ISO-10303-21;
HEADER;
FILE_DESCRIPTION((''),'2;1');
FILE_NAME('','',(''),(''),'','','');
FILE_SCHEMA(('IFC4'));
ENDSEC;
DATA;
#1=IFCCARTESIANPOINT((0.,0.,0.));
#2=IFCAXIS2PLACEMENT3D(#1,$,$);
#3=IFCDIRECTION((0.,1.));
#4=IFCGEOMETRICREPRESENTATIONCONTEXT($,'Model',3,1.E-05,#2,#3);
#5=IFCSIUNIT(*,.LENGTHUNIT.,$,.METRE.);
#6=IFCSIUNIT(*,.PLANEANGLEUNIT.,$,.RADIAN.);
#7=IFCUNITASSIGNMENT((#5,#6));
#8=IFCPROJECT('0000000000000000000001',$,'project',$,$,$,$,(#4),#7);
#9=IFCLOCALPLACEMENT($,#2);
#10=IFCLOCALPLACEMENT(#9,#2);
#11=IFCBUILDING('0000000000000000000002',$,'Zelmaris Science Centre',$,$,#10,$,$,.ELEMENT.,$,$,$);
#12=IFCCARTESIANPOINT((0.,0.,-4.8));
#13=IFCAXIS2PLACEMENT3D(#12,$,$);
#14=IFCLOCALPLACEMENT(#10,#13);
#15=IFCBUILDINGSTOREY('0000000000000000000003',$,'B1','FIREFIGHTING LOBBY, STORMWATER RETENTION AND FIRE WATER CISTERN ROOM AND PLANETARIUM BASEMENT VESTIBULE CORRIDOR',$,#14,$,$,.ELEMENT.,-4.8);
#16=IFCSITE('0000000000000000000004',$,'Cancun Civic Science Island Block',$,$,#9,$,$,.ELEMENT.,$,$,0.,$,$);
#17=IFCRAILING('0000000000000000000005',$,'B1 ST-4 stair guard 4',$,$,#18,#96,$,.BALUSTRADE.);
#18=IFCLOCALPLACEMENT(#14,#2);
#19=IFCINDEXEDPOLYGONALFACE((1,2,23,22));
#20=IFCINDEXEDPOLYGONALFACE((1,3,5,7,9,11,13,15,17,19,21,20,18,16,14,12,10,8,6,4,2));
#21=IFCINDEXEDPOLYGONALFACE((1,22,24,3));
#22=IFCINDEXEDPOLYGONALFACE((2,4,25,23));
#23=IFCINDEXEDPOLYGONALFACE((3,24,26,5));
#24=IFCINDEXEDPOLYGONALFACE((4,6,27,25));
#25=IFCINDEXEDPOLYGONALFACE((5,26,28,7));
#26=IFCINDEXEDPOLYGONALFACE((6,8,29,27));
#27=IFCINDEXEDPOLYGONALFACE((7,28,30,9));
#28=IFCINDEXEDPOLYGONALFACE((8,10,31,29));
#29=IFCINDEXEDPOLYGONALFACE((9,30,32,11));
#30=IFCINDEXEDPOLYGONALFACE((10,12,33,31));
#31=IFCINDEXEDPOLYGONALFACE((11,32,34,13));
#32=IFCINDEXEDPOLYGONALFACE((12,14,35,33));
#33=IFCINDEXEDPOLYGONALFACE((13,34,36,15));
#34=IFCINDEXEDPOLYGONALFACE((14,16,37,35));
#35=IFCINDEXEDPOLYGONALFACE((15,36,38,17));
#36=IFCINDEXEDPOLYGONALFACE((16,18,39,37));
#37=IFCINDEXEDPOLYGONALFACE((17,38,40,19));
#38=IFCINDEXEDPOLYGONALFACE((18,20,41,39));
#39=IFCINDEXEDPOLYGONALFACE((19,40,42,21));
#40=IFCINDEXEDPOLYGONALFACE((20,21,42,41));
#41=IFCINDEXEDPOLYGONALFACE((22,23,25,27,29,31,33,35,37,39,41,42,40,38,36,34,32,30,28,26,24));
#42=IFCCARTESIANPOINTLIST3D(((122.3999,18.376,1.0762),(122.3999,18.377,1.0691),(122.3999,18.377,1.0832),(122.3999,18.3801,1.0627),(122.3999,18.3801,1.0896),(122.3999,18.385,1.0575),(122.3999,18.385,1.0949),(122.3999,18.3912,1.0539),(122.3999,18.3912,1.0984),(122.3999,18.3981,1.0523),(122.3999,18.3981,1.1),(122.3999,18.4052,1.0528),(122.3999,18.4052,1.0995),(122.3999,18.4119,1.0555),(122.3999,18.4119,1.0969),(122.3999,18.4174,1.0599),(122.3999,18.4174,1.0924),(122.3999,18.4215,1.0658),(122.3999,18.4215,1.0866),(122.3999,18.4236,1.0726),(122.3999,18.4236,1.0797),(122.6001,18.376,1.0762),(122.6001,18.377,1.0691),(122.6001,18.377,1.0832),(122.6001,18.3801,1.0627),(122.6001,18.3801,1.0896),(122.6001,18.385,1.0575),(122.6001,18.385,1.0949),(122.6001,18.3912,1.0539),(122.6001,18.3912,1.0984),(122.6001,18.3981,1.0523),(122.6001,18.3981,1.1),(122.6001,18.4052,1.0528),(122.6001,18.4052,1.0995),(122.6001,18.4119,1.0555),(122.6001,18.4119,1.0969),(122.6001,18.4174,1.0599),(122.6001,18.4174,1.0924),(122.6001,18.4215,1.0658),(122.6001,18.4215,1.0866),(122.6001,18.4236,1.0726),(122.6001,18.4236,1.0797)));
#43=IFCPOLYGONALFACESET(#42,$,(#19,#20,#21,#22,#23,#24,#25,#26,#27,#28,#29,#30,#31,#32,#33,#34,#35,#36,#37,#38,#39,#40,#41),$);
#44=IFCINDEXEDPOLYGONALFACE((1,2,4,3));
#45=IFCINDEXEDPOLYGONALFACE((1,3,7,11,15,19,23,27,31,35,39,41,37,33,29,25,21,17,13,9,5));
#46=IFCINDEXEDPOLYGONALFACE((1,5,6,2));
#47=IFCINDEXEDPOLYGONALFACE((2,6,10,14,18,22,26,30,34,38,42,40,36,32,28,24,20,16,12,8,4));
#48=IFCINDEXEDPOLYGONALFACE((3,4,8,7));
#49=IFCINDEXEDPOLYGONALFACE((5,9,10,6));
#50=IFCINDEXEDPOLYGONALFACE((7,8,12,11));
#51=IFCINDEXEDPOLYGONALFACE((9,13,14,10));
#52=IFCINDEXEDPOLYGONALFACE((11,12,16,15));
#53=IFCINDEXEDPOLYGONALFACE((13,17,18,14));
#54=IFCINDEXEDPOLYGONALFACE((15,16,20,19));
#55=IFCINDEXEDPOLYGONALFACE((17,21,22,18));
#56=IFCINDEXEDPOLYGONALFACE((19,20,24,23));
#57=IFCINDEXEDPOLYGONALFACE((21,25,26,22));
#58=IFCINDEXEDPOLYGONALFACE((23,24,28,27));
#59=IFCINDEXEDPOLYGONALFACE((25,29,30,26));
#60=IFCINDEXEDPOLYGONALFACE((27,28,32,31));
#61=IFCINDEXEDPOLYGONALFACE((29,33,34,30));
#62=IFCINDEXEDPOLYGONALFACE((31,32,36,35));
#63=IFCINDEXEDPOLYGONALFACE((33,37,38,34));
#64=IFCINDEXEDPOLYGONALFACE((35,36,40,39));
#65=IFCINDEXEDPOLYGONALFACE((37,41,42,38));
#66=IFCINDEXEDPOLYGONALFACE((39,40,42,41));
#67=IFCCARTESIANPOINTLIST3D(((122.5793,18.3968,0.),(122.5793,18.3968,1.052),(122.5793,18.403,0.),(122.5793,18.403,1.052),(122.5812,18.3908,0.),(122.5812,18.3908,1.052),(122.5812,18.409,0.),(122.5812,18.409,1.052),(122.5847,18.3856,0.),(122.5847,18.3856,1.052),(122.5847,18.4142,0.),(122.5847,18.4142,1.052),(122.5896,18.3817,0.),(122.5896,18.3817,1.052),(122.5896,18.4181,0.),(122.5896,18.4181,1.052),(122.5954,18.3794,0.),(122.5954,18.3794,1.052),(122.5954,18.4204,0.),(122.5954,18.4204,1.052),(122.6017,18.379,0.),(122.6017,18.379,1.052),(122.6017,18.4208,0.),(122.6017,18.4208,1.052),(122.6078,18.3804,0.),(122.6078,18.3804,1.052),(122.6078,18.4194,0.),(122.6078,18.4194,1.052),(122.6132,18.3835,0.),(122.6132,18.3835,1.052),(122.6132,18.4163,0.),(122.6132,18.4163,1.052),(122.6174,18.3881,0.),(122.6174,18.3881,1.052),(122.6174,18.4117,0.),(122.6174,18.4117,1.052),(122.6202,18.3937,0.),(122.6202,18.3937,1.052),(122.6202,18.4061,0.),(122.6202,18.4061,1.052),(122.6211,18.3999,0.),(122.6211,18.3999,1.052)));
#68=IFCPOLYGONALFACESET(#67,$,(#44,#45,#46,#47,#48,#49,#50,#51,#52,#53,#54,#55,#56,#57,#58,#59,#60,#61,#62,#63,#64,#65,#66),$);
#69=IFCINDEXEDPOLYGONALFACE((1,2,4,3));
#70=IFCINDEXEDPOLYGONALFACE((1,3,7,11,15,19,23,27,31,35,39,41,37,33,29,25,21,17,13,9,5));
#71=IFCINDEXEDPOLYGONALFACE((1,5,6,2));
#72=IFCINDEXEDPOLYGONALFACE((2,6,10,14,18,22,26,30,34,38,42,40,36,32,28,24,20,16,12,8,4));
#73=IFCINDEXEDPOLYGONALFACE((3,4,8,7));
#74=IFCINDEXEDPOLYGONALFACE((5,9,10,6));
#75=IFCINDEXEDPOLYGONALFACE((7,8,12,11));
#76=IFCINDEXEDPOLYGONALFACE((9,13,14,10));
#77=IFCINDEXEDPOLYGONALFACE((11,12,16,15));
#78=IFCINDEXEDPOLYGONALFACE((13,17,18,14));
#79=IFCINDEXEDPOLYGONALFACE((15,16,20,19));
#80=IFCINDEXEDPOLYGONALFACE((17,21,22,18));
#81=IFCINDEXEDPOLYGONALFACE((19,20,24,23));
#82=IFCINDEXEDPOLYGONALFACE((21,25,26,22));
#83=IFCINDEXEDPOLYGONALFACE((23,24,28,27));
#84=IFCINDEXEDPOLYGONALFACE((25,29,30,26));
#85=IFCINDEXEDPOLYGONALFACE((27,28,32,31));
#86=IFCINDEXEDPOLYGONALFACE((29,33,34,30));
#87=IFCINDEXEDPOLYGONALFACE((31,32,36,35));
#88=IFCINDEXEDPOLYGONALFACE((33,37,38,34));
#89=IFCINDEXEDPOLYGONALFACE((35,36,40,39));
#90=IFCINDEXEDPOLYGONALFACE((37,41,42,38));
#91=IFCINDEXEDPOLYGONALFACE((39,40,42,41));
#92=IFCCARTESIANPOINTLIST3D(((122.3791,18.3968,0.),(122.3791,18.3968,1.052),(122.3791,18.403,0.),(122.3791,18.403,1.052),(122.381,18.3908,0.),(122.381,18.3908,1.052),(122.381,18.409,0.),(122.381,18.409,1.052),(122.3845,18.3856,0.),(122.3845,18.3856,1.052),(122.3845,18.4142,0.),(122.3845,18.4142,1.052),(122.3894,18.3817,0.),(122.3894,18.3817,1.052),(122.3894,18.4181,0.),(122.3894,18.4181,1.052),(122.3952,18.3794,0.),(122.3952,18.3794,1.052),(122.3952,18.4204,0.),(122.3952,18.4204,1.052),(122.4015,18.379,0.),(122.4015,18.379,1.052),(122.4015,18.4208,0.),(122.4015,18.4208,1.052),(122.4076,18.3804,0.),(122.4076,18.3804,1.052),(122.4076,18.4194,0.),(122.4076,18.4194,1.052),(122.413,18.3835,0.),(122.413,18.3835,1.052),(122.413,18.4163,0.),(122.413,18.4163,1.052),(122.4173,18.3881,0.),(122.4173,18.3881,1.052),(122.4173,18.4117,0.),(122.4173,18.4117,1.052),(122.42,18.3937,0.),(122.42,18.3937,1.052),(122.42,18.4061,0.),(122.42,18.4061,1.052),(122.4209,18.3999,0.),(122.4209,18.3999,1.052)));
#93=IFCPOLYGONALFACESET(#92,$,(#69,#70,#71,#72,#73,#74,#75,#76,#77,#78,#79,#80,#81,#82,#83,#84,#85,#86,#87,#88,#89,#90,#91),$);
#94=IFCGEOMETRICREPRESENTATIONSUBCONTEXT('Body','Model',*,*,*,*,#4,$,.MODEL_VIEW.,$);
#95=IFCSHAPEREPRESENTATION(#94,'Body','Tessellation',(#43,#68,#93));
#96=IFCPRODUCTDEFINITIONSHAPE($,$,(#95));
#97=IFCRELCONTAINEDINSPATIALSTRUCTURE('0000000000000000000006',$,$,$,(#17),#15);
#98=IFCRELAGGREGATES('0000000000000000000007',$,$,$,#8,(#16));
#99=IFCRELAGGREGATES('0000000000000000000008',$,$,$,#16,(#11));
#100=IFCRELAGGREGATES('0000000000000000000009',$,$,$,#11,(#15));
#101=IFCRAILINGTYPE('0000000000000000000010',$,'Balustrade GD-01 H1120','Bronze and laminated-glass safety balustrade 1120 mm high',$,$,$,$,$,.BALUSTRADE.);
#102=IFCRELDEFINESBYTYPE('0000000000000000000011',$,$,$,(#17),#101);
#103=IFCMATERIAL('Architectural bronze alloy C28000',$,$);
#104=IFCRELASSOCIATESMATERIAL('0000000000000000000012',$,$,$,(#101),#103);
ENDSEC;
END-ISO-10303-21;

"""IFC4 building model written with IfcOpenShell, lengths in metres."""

from ifc_helpers import new_model, si_unit, direction, frame, origin, origin_2d, place, context, subcontext, project, spatial, circle, extrude, material, type_object, element, save


model = new_model("IFC4")

# Units and contexts
model_context = context("Model", 3, precision=1e-05, world=origin(), true_north=direction((0.0, 1.0)))
body_context = subcontext(model_context, "Body", "Model", "MODEL_VIEW")
ifc_project = project(units=[si_unit("LENGTHUNIT", "METRE"), si_unit("PLANEANGLEUNIT", "RADIAN")], contexts=[model_context])

# Site, building, storey
site_placement = place(None, origin())
site = spatial("IfcSite", under=ifc_project, at=site_placement, Name="Cancun Civic Science Island Block", CompositionType="ELEMENT", RefElevation=0.0)
building_placement = place(site_placement, origin())
building = spatial("IfcBuilding", under=site, at=building_placement, Name="Zelmaris Science Centre", CompositionType="ELEMENT")
storey_placement = place(building_placement, frame((0.0, 0.0, -4.8)))
storey = spatial("IfcBuildingStorey", under=building, at=storey_placement, Name="B1", Description="FIREFIGHTING LOBBY, STORMWATER RETENTION AND FIRE WATER CISTERN ROOM AND PLANETARIUM BASEMENT VESTIBULE CORRIDOR", CompositionType="ELEMENT", Elevation=-4.8)

# Railing
ifc_material_1 = material(Name="Architectural bronze alloy C28000")
railing_type = type_object("IfcRailingType", Name="Balustrade GD-01 H1120", Description="Bronze and laminated-glass safety balustrade 1120 mm high", PredefinedType="BALUSTRADE", material=ifc_material_1)
railing_1_placement = place(storey_placement, frame((122.6001, 18.3999, 0.0)))
element("IfcRailing", 1, at=railing_1_placement, inside=storey, type_object=railing_type, Name="B1 ST-4 stair guard 4", PredefinedType="BALUSTRADE", context=body_context, shape_type="SweptSolid", body=[
    extrude(circle(Radius=0.0239, at=origin_2d()), frame((0.0, 0.0, 1.0762), z_axis=(-1.0, 0.0, 0.0), x_axis=(0.0, -1.0, 0.0)), (0.0, 0.0, 1.0), 0.2002),
    extrude(circle(Radius=0.021, at=origin_2d()), origin(), (0.0, 0.0, 1.0), 1.052),
    extrude(circle(Radius=0.021, at=origin_2d()), frame((-0.2002, 0.0, 0.0)), (0.0, 0.0, 1.0), 1.052),
])

save(model, "model.ifc")
